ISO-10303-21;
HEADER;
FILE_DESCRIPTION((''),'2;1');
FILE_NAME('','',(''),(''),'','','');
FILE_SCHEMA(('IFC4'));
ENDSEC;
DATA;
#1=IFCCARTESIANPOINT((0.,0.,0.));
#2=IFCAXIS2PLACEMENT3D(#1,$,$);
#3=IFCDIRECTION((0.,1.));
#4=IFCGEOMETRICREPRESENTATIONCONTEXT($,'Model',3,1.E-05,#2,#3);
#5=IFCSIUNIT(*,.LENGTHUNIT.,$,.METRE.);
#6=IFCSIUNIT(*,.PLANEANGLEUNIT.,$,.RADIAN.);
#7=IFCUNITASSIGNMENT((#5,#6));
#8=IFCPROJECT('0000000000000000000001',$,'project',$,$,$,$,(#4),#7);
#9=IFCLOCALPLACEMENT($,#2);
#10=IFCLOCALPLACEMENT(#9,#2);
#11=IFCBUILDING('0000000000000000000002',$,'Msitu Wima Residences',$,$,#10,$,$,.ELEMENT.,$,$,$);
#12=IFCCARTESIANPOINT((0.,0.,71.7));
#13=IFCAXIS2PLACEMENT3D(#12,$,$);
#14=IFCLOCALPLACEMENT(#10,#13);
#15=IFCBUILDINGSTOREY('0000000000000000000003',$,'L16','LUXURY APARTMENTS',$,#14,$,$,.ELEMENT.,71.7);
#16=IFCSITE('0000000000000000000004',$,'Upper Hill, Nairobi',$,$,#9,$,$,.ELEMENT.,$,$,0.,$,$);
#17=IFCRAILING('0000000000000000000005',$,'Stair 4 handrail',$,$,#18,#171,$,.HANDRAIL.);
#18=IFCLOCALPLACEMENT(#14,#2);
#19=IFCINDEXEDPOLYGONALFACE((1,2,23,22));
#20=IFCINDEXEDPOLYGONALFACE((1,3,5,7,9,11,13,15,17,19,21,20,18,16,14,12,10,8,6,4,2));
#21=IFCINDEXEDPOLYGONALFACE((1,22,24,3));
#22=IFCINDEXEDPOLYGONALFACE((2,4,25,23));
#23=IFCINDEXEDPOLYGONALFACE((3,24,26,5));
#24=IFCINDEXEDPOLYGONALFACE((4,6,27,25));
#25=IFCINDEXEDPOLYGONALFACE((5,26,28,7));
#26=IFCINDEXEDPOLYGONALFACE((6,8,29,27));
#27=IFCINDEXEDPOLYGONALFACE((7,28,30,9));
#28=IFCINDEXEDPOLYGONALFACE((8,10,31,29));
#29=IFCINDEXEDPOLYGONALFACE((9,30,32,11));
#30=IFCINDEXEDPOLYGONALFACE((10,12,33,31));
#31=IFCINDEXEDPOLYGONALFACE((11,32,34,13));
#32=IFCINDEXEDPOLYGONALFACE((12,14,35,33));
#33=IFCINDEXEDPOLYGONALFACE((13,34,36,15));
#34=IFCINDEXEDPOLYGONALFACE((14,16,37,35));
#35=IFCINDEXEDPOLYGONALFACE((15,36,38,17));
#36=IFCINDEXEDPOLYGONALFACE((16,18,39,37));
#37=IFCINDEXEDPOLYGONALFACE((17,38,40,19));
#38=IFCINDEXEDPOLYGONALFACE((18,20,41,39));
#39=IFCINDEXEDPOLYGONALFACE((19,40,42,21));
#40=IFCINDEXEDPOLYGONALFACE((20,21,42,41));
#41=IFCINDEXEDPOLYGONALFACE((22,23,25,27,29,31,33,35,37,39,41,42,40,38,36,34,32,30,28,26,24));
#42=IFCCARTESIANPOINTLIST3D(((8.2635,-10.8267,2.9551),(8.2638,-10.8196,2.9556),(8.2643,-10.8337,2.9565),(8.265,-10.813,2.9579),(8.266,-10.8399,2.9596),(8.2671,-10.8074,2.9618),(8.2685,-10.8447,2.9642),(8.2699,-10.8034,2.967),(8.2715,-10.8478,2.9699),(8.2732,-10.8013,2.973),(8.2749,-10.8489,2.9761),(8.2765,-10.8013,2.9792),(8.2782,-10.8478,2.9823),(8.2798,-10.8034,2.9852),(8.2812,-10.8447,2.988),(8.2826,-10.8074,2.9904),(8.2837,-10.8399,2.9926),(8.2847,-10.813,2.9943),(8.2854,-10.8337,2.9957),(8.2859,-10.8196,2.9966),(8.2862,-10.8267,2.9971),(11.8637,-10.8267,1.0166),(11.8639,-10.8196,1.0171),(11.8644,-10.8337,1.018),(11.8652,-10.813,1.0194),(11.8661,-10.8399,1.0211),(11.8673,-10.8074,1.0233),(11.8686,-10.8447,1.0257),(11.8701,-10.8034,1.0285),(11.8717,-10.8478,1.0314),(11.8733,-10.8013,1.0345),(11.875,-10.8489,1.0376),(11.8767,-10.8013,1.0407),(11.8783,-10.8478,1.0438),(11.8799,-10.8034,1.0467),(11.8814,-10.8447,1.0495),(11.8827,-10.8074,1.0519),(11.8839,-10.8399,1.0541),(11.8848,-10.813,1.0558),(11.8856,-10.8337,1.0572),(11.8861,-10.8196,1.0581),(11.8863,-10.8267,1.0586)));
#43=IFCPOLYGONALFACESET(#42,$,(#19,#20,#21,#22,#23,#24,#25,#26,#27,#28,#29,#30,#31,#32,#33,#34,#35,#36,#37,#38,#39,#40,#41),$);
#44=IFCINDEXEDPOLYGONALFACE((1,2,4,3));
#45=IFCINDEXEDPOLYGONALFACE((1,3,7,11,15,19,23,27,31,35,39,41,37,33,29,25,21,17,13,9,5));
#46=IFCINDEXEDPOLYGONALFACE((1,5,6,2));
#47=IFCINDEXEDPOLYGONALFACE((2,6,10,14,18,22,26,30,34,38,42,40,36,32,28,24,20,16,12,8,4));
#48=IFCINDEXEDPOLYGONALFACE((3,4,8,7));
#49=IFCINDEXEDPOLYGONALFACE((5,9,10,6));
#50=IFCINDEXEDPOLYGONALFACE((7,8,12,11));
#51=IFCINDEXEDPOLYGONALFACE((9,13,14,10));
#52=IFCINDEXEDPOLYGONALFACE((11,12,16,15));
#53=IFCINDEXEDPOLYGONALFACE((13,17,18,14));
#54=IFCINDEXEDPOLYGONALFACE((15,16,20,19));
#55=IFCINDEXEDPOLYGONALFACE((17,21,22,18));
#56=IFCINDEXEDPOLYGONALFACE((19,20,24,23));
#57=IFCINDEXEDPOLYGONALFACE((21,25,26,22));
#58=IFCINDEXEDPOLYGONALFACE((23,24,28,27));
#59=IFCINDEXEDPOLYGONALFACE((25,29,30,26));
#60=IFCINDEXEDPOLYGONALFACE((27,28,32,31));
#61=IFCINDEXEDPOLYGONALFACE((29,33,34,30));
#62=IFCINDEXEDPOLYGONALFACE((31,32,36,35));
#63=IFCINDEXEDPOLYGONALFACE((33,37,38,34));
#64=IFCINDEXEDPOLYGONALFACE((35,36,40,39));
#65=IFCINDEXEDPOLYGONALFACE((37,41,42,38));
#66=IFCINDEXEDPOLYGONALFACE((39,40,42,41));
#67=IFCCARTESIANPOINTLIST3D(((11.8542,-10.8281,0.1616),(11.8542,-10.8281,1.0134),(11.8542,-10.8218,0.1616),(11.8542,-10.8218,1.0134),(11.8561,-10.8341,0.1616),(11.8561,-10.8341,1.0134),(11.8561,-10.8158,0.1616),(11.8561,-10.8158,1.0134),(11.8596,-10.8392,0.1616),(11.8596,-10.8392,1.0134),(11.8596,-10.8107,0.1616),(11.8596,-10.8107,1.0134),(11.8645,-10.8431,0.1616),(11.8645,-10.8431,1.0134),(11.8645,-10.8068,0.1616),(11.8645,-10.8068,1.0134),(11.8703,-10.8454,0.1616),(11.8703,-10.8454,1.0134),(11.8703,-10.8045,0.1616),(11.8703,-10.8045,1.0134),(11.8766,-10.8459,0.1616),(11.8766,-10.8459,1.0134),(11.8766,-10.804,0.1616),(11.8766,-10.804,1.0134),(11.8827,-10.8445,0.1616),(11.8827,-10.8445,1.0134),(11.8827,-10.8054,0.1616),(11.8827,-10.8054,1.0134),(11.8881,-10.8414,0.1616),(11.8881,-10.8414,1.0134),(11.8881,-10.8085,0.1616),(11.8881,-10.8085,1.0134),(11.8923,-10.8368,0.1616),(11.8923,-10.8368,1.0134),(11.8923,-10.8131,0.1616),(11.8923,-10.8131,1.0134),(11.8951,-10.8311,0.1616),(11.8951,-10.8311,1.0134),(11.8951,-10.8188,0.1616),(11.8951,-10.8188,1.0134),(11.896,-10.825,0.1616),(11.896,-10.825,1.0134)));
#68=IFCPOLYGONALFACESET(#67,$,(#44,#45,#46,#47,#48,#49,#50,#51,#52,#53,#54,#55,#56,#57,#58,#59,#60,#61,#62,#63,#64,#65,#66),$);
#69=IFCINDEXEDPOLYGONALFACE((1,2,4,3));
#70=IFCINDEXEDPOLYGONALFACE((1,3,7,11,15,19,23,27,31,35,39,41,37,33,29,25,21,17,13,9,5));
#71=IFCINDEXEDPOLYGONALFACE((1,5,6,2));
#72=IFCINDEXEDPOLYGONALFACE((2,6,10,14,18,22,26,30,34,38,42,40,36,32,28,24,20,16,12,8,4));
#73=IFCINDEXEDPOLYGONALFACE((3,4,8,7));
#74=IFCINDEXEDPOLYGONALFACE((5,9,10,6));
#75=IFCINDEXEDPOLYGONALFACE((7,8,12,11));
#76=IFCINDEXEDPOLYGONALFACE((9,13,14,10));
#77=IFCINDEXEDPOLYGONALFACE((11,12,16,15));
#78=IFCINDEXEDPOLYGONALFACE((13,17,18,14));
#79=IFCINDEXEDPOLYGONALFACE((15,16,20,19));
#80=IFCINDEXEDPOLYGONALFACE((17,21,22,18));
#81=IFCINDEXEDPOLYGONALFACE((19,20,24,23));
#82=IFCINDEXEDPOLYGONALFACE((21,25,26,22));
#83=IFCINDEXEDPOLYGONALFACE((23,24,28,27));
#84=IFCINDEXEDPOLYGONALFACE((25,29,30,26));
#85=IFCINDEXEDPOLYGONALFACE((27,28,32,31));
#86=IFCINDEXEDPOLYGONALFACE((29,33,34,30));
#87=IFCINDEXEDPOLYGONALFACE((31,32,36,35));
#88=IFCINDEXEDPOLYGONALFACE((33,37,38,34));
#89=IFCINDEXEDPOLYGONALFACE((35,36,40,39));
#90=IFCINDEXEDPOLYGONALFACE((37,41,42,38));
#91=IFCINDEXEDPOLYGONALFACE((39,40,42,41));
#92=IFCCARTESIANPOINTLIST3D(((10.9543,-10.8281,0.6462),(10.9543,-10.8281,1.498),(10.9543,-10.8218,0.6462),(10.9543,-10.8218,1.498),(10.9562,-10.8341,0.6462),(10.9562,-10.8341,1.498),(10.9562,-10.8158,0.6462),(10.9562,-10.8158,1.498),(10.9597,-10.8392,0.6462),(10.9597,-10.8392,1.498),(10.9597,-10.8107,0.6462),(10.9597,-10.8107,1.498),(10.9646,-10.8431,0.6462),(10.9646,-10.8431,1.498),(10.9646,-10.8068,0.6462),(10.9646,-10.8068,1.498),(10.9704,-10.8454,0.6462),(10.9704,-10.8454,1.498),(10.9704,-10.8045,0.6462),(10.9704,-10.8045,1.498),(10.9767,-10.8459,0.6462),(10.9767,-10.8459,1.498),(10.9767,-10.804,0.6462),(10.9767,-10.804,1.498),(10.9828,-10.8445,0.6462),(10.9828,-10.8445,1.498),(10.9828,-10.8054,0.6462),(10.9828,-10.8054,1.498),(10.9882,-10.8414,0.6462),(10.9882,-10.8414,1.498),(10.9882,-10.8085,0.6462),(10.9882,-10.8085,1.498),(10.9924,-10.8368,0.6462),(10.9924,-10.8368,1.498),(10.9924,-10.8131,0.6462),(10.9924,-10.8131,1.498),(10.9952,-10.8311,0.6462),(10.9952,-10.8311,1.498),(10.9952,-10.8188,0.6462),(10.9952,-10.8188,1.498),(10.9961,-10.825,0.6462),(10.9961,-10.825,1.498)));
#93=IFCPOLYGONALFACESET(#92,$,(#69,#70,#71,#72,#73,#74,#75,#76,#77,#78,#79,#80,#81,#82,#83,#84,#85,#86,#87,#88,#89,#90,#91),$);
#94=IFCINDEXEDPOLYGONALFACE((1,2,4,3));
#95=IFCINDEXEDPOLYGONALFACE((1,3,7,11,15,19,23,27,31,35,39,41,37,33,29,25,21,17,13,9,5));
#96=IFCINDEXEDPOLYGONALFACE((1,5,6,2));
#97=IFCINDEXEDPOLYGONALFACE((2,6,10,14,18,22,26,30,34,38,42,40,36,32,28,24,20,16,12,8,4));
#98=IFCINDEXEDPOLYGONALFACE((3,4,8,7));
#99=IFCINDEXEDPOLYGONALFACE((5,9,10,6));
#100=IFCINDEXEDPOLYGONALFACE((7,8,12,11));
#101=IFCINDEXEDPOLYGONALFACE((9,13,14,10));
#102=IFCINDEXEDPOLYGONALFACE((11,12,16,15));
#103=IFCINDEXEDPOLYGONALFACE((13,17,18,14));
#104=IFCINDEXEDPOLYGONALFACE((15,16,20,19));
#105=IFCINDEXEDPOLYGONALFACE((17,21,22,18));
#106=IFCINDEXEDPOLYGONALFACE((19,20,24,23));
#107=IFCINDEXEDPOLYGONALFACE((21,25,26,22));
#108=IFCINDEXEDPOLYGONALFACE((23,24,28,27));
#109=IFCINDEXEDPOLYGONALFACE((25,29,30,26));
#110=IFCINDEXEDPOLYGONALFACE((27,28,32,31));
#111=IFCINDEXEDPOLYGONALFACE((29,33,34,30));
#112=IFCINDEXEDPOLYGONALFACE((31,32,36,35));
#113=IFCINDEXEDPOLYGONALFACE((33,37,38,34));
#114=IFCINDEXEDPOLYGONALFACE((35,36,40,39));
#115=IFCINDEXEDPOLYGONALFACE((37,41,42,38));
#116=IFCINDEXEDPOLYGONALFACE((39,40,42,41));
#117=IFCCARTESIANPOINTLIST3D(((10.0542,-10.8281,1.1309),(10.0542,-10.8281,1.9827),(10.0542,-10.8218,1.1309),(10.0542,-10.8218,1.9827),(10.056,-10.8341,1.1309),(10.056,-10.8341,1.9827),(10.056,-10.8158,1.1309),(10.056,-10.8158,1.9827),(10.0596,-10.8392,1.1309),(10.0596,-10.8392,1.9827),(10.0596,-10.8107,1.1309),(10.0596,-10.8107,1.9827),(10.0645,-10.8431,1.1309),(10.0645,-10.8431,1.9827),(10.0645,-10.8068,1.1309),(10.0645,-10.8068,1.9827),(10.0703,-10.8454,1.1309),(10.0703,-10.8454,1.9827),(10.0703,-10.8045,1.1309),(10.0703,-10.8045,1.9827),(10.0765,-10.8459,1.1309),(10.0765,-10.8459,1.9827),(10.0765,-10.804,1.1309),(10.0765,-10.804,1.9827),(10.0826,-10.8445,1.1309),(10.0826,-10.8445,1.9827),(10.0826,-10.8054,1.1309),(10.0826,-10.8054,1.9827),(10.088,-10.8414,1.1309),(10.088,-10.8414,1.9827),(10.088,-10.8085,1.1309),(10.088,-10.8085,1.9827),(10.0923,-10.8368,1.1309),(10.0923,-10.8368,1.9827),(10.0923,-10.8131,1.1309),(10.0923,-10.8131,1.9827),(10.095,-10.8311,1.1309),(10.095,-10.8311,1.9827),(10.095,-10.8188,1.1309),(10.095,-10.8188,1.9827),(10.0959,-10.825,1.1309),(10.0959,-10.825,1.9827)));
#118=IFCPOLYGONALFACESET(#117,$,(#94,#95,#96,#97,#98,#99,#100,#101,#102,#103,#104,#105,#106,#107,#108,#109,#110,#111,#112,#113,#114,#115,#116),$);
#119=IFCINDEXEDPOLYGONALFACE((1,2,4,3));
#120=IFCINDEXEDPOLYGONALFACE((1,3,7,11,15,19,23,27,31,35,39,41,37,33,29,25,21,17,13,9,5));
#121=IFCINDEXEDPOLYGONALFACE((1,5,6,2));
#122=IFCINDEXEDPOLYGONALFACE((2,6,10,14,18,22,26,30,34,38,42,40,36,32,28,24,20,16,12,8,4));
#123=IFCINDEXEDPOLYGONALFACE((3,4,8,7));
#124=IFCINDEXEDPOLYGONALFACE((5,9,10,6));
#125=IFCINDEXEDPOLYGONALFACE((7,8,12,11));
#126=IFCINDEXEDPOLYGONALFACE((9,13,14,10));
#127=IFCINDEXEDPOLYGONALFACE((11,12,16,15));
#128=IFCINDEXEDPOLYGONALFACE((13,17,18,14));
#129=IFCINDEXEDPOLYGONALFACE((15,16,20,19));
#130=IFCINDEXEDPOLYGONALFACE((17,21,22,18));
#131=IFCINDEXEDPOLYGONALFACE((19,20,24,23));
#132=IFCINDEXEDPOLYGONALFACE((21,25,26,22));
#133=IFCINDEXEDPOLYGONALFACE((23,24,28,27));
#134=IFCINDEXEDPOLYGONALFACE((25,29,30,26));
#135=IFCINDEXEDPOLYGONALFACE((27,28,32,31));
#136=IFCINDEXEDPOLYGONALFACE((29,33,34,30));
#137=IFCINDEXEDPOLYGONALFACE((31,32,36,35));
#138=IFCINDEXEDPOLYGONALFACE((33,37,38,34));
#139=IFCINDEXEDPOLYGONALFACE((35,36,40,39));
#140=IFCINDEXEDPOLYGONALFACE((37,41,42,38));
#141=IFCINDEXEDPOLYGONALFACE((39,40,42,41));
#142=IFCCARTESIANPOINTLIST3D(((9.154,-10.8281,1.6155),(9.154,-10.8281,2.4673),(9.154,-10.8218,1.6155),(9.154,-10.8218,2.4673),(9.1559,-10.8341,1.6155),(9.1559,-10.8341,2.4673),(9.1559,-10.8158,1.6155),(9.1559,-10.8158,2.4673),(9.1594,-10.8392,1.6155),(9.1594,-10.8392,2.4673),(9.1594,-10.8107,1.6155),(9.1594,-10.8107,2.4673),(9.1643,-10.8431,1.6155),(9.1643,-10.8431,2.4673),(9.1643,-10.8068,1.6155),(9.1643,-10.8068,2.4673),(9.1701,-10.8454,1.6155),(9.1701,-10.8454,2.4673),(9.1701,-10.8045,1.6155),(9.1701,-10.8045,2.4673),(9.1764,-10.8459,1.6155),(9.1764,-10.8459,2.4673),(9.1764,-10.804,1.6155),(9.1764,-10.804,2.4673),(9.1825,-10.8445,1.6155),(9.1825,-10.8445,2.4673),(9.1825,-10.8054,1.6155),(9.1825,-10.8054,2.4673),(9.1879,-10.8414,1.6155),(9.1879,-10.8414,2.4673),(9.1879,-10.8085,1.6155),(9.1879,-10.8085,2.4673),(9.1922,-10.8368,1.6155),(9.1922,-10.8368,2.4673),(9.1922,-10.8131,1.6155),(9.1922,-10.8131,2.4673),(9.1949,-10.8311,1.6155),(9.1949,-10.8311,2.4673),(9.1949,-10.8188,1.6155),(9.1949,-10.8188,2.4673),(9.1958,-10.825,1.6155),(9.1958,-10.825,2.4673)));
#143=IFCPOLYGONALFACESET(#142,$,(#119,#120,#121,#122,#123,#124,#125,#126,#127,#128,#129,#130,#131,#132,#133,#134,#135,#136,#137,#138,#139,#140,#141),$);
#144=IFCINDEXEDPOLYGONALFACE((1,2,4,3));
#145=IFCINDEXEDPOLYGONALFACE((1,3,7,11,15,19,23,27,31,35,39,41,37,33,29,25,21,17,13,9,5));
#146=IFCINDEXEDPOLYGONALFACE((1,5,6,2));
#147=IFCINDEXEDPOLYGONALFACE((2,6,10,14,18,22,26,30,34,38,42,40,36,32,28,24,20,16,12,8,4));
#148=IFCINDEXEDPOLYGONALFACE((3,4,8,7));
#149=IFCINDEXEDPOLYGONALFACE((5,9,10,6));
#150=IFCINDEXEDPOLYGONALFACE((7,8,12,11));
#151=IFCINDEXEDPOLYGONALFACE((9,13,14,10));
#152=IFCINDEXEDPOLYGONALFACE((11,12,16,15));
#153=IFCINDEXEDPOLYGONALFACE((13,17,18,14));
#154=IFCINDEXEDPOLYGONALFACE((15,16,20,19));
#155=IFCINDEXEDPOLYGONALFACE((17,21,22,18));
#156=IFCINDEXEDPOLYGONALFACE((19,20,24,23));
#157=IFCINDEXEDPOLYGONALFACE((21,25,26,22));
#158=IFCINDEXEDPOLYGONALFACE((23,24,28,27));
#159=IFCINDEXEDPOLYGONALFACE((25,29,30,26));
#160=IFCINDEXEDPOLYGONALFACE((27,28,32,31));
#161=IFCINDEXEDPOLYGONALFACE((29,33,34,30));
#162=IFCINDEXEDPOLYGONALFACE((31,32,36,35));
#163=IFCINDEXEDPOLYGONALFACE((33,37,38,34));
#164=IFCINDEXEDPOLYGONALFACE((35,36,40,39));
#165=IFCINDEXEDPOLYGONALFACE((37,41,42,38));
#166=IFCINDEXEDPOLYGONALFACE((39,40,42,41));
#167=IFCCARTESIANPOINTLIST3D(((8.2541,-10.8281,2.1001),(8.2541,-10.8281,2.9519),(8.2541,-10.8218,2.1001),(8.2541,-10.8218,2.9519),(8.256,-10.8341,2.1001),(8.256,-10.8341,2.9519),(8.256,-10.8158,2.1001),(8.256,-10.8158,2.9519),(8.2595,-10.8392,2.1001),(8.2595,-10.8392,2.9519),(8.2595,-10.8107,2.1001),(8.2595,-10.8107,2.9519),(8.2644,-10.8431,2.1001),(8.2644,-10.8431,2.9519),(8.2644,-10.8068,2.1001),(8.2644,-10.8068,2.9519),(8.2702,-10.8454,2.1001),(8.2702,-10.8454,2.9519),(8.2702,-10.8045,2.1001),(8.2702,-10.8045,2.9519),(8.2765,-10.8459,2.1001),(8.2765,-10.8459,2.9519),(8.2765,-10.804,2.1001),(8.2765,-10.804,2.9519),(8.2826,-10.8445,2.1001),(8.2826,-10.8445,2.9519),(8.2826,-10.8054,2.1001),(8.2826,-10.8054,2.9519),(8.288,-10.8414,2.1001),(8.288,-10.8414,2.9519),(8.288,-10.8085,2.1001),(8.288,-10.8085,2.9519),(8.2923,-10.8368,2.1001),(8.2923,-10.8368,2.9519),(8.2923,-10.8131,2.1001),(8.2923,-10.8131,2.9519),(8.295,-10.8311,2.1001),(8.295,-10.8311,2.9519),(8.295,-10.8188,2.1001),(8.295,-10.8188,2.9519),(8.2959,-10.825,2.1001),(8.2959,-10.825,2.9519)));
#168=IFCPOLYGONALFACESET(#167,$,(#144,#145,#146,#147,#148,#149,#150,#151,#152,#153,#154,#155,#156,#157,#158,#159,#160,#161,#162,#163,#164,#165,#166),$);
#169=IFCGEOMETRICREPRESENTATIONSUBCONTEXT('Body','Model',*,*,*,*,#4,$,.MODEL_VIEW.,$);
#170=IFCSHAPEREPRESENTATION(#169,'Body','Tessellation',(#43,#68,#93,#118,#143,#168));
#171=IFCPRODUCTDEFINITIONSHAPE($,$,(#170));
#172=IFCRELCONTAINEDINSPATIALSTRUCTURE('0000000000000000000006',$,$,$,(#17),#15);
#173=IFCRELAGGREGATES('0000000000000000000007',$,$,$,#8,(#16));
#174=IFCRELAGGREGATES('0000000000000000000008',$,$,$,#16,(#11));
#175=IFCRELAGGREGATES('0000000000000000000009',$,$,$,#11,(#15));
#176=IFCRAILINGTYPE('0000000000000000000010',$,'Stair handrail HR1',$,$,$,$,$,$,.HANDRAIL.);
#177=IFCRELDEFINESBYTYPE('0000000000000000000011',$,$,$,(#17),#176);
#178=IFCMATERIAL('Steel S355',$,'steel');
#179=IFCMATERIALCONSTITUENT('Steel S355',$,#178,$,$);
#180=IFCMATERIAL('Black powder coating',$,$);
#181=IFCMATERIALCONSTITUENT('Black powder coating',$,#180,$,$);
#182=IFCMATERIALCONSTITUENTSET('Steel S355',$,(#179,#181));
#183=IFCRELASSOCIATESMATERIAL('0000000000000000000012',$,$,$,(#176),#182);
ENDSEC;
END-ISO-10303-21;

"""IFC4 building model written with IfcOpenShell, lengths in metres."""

from ifc_helpers import new_model, si_unit, direction, frame, origin, origin_2d, place, context, subcontext, project, spatial, circle, extrude, material, constituent, constituent_set, type_object, element, save


model = new_model("IFC4")

# Units and contexts
model_context = context("Model", 3, precision=1e-05, world=origin(), true_north=direction((0.0, 1.0)))
body_context = subcontext(model_context, "Body", "Model", "MODEL_VIEW")
ifc_project = project(units=[si_unit("LENGTHUNIT", "METRE"), si_unit("PLANEANGLEUNIT", "RADIAN")], contexts=[model_context])

# Site, building, storey
site_placement = place(None, origin())
site = spatial("IfcSite", under=ifc_project, at=site_placement, Name="Upper Hill, Nairobi", CompositionType="ELEMENT", RefElevation=0.0)
building_placement = place(site_placement, origin())
building = spatial("IfcBuilding", under=site, at=building_placement, Name="Msitu Wima Residences", CompositionType="ELEMENT")
storey_placement = place(building_placement, frame((0.0, 0.0, 71.7)))
storey = spatial("IfcBuildingStorey", under=building, at=storey_placement, Name="L16", Description="LUXURY APARTMENTS", CompositionType="ELEMENT", Elevation=71.7)

# Railing
ifc_material_1 = material(Name="Steel S355", Category="steel")
ifc_constituent_1 = constituent(ifc_material_1, Name="Steel S355")
ifc_material_2 = material(Name="Black powder coating")
ifc_constituent_2 = constituent(ifc_material_2, Name="Black powder coating")
ifc_constituent_set = constituent_set(constituents=[ifc_constituent_1, ifc_constituent_2], Name="Steel S355")
railing_type = type_object("IfcRailingType", Name="Stair handrail HR1", PredefinedType="HANDRAIL", material=ifc_constituent_set)
for number, where, name in (
    (1, (11.875, -10.825, 0.1616), "Stair 4 handrail"),
):
    element("IfcRailing", number, at=place(storey_placement, frame(where)), inside=storey, type_object=railing_type, Name=name, PredefinedType="HANDRAIL", context=body_context, shape_type="SweptSolid", body=[
        extrude(circle(Radius=0.0239, at=origin_2d()), frame((0.0, 0.0, 0.876), z_axis=(-0.880475, 0.0, 0.474093), x_axis=(0.0, -1.0, 0.0)), (0.0, 0.0, 1.0), 4.0889),
        extrude(circle(Radius=0.021, at=origin_2d()), origin(), (0.0, 0.0, 1.0), 0.8518),
        extrude(circle(Radius=0.021, at=origin_2d()), frame((-0.8999, 0.0, 0.4846)), (0.0, 0.0, 1.0), 0.8518),
        extrude(circle(Radius=0.021, at=origin_2d()), frame((-1.8, 0.0, 0.9692)), (0.0, 0.0, 1.0), 0.8518),
        extrude(circle(Radius=0.021, at=origin_2d()), frame((-2.7002, 0.0, 1.4539)), (0.0, 0.0, 1.0), 0.8518),
        extrude(circle(Radius=0.021, at=origin_2d()), frame((-3.6001, 0.0, 1.9385)), (0.0, 0.0, 1.0), 0.8518),
    ])

save(model, "model.ifc")
